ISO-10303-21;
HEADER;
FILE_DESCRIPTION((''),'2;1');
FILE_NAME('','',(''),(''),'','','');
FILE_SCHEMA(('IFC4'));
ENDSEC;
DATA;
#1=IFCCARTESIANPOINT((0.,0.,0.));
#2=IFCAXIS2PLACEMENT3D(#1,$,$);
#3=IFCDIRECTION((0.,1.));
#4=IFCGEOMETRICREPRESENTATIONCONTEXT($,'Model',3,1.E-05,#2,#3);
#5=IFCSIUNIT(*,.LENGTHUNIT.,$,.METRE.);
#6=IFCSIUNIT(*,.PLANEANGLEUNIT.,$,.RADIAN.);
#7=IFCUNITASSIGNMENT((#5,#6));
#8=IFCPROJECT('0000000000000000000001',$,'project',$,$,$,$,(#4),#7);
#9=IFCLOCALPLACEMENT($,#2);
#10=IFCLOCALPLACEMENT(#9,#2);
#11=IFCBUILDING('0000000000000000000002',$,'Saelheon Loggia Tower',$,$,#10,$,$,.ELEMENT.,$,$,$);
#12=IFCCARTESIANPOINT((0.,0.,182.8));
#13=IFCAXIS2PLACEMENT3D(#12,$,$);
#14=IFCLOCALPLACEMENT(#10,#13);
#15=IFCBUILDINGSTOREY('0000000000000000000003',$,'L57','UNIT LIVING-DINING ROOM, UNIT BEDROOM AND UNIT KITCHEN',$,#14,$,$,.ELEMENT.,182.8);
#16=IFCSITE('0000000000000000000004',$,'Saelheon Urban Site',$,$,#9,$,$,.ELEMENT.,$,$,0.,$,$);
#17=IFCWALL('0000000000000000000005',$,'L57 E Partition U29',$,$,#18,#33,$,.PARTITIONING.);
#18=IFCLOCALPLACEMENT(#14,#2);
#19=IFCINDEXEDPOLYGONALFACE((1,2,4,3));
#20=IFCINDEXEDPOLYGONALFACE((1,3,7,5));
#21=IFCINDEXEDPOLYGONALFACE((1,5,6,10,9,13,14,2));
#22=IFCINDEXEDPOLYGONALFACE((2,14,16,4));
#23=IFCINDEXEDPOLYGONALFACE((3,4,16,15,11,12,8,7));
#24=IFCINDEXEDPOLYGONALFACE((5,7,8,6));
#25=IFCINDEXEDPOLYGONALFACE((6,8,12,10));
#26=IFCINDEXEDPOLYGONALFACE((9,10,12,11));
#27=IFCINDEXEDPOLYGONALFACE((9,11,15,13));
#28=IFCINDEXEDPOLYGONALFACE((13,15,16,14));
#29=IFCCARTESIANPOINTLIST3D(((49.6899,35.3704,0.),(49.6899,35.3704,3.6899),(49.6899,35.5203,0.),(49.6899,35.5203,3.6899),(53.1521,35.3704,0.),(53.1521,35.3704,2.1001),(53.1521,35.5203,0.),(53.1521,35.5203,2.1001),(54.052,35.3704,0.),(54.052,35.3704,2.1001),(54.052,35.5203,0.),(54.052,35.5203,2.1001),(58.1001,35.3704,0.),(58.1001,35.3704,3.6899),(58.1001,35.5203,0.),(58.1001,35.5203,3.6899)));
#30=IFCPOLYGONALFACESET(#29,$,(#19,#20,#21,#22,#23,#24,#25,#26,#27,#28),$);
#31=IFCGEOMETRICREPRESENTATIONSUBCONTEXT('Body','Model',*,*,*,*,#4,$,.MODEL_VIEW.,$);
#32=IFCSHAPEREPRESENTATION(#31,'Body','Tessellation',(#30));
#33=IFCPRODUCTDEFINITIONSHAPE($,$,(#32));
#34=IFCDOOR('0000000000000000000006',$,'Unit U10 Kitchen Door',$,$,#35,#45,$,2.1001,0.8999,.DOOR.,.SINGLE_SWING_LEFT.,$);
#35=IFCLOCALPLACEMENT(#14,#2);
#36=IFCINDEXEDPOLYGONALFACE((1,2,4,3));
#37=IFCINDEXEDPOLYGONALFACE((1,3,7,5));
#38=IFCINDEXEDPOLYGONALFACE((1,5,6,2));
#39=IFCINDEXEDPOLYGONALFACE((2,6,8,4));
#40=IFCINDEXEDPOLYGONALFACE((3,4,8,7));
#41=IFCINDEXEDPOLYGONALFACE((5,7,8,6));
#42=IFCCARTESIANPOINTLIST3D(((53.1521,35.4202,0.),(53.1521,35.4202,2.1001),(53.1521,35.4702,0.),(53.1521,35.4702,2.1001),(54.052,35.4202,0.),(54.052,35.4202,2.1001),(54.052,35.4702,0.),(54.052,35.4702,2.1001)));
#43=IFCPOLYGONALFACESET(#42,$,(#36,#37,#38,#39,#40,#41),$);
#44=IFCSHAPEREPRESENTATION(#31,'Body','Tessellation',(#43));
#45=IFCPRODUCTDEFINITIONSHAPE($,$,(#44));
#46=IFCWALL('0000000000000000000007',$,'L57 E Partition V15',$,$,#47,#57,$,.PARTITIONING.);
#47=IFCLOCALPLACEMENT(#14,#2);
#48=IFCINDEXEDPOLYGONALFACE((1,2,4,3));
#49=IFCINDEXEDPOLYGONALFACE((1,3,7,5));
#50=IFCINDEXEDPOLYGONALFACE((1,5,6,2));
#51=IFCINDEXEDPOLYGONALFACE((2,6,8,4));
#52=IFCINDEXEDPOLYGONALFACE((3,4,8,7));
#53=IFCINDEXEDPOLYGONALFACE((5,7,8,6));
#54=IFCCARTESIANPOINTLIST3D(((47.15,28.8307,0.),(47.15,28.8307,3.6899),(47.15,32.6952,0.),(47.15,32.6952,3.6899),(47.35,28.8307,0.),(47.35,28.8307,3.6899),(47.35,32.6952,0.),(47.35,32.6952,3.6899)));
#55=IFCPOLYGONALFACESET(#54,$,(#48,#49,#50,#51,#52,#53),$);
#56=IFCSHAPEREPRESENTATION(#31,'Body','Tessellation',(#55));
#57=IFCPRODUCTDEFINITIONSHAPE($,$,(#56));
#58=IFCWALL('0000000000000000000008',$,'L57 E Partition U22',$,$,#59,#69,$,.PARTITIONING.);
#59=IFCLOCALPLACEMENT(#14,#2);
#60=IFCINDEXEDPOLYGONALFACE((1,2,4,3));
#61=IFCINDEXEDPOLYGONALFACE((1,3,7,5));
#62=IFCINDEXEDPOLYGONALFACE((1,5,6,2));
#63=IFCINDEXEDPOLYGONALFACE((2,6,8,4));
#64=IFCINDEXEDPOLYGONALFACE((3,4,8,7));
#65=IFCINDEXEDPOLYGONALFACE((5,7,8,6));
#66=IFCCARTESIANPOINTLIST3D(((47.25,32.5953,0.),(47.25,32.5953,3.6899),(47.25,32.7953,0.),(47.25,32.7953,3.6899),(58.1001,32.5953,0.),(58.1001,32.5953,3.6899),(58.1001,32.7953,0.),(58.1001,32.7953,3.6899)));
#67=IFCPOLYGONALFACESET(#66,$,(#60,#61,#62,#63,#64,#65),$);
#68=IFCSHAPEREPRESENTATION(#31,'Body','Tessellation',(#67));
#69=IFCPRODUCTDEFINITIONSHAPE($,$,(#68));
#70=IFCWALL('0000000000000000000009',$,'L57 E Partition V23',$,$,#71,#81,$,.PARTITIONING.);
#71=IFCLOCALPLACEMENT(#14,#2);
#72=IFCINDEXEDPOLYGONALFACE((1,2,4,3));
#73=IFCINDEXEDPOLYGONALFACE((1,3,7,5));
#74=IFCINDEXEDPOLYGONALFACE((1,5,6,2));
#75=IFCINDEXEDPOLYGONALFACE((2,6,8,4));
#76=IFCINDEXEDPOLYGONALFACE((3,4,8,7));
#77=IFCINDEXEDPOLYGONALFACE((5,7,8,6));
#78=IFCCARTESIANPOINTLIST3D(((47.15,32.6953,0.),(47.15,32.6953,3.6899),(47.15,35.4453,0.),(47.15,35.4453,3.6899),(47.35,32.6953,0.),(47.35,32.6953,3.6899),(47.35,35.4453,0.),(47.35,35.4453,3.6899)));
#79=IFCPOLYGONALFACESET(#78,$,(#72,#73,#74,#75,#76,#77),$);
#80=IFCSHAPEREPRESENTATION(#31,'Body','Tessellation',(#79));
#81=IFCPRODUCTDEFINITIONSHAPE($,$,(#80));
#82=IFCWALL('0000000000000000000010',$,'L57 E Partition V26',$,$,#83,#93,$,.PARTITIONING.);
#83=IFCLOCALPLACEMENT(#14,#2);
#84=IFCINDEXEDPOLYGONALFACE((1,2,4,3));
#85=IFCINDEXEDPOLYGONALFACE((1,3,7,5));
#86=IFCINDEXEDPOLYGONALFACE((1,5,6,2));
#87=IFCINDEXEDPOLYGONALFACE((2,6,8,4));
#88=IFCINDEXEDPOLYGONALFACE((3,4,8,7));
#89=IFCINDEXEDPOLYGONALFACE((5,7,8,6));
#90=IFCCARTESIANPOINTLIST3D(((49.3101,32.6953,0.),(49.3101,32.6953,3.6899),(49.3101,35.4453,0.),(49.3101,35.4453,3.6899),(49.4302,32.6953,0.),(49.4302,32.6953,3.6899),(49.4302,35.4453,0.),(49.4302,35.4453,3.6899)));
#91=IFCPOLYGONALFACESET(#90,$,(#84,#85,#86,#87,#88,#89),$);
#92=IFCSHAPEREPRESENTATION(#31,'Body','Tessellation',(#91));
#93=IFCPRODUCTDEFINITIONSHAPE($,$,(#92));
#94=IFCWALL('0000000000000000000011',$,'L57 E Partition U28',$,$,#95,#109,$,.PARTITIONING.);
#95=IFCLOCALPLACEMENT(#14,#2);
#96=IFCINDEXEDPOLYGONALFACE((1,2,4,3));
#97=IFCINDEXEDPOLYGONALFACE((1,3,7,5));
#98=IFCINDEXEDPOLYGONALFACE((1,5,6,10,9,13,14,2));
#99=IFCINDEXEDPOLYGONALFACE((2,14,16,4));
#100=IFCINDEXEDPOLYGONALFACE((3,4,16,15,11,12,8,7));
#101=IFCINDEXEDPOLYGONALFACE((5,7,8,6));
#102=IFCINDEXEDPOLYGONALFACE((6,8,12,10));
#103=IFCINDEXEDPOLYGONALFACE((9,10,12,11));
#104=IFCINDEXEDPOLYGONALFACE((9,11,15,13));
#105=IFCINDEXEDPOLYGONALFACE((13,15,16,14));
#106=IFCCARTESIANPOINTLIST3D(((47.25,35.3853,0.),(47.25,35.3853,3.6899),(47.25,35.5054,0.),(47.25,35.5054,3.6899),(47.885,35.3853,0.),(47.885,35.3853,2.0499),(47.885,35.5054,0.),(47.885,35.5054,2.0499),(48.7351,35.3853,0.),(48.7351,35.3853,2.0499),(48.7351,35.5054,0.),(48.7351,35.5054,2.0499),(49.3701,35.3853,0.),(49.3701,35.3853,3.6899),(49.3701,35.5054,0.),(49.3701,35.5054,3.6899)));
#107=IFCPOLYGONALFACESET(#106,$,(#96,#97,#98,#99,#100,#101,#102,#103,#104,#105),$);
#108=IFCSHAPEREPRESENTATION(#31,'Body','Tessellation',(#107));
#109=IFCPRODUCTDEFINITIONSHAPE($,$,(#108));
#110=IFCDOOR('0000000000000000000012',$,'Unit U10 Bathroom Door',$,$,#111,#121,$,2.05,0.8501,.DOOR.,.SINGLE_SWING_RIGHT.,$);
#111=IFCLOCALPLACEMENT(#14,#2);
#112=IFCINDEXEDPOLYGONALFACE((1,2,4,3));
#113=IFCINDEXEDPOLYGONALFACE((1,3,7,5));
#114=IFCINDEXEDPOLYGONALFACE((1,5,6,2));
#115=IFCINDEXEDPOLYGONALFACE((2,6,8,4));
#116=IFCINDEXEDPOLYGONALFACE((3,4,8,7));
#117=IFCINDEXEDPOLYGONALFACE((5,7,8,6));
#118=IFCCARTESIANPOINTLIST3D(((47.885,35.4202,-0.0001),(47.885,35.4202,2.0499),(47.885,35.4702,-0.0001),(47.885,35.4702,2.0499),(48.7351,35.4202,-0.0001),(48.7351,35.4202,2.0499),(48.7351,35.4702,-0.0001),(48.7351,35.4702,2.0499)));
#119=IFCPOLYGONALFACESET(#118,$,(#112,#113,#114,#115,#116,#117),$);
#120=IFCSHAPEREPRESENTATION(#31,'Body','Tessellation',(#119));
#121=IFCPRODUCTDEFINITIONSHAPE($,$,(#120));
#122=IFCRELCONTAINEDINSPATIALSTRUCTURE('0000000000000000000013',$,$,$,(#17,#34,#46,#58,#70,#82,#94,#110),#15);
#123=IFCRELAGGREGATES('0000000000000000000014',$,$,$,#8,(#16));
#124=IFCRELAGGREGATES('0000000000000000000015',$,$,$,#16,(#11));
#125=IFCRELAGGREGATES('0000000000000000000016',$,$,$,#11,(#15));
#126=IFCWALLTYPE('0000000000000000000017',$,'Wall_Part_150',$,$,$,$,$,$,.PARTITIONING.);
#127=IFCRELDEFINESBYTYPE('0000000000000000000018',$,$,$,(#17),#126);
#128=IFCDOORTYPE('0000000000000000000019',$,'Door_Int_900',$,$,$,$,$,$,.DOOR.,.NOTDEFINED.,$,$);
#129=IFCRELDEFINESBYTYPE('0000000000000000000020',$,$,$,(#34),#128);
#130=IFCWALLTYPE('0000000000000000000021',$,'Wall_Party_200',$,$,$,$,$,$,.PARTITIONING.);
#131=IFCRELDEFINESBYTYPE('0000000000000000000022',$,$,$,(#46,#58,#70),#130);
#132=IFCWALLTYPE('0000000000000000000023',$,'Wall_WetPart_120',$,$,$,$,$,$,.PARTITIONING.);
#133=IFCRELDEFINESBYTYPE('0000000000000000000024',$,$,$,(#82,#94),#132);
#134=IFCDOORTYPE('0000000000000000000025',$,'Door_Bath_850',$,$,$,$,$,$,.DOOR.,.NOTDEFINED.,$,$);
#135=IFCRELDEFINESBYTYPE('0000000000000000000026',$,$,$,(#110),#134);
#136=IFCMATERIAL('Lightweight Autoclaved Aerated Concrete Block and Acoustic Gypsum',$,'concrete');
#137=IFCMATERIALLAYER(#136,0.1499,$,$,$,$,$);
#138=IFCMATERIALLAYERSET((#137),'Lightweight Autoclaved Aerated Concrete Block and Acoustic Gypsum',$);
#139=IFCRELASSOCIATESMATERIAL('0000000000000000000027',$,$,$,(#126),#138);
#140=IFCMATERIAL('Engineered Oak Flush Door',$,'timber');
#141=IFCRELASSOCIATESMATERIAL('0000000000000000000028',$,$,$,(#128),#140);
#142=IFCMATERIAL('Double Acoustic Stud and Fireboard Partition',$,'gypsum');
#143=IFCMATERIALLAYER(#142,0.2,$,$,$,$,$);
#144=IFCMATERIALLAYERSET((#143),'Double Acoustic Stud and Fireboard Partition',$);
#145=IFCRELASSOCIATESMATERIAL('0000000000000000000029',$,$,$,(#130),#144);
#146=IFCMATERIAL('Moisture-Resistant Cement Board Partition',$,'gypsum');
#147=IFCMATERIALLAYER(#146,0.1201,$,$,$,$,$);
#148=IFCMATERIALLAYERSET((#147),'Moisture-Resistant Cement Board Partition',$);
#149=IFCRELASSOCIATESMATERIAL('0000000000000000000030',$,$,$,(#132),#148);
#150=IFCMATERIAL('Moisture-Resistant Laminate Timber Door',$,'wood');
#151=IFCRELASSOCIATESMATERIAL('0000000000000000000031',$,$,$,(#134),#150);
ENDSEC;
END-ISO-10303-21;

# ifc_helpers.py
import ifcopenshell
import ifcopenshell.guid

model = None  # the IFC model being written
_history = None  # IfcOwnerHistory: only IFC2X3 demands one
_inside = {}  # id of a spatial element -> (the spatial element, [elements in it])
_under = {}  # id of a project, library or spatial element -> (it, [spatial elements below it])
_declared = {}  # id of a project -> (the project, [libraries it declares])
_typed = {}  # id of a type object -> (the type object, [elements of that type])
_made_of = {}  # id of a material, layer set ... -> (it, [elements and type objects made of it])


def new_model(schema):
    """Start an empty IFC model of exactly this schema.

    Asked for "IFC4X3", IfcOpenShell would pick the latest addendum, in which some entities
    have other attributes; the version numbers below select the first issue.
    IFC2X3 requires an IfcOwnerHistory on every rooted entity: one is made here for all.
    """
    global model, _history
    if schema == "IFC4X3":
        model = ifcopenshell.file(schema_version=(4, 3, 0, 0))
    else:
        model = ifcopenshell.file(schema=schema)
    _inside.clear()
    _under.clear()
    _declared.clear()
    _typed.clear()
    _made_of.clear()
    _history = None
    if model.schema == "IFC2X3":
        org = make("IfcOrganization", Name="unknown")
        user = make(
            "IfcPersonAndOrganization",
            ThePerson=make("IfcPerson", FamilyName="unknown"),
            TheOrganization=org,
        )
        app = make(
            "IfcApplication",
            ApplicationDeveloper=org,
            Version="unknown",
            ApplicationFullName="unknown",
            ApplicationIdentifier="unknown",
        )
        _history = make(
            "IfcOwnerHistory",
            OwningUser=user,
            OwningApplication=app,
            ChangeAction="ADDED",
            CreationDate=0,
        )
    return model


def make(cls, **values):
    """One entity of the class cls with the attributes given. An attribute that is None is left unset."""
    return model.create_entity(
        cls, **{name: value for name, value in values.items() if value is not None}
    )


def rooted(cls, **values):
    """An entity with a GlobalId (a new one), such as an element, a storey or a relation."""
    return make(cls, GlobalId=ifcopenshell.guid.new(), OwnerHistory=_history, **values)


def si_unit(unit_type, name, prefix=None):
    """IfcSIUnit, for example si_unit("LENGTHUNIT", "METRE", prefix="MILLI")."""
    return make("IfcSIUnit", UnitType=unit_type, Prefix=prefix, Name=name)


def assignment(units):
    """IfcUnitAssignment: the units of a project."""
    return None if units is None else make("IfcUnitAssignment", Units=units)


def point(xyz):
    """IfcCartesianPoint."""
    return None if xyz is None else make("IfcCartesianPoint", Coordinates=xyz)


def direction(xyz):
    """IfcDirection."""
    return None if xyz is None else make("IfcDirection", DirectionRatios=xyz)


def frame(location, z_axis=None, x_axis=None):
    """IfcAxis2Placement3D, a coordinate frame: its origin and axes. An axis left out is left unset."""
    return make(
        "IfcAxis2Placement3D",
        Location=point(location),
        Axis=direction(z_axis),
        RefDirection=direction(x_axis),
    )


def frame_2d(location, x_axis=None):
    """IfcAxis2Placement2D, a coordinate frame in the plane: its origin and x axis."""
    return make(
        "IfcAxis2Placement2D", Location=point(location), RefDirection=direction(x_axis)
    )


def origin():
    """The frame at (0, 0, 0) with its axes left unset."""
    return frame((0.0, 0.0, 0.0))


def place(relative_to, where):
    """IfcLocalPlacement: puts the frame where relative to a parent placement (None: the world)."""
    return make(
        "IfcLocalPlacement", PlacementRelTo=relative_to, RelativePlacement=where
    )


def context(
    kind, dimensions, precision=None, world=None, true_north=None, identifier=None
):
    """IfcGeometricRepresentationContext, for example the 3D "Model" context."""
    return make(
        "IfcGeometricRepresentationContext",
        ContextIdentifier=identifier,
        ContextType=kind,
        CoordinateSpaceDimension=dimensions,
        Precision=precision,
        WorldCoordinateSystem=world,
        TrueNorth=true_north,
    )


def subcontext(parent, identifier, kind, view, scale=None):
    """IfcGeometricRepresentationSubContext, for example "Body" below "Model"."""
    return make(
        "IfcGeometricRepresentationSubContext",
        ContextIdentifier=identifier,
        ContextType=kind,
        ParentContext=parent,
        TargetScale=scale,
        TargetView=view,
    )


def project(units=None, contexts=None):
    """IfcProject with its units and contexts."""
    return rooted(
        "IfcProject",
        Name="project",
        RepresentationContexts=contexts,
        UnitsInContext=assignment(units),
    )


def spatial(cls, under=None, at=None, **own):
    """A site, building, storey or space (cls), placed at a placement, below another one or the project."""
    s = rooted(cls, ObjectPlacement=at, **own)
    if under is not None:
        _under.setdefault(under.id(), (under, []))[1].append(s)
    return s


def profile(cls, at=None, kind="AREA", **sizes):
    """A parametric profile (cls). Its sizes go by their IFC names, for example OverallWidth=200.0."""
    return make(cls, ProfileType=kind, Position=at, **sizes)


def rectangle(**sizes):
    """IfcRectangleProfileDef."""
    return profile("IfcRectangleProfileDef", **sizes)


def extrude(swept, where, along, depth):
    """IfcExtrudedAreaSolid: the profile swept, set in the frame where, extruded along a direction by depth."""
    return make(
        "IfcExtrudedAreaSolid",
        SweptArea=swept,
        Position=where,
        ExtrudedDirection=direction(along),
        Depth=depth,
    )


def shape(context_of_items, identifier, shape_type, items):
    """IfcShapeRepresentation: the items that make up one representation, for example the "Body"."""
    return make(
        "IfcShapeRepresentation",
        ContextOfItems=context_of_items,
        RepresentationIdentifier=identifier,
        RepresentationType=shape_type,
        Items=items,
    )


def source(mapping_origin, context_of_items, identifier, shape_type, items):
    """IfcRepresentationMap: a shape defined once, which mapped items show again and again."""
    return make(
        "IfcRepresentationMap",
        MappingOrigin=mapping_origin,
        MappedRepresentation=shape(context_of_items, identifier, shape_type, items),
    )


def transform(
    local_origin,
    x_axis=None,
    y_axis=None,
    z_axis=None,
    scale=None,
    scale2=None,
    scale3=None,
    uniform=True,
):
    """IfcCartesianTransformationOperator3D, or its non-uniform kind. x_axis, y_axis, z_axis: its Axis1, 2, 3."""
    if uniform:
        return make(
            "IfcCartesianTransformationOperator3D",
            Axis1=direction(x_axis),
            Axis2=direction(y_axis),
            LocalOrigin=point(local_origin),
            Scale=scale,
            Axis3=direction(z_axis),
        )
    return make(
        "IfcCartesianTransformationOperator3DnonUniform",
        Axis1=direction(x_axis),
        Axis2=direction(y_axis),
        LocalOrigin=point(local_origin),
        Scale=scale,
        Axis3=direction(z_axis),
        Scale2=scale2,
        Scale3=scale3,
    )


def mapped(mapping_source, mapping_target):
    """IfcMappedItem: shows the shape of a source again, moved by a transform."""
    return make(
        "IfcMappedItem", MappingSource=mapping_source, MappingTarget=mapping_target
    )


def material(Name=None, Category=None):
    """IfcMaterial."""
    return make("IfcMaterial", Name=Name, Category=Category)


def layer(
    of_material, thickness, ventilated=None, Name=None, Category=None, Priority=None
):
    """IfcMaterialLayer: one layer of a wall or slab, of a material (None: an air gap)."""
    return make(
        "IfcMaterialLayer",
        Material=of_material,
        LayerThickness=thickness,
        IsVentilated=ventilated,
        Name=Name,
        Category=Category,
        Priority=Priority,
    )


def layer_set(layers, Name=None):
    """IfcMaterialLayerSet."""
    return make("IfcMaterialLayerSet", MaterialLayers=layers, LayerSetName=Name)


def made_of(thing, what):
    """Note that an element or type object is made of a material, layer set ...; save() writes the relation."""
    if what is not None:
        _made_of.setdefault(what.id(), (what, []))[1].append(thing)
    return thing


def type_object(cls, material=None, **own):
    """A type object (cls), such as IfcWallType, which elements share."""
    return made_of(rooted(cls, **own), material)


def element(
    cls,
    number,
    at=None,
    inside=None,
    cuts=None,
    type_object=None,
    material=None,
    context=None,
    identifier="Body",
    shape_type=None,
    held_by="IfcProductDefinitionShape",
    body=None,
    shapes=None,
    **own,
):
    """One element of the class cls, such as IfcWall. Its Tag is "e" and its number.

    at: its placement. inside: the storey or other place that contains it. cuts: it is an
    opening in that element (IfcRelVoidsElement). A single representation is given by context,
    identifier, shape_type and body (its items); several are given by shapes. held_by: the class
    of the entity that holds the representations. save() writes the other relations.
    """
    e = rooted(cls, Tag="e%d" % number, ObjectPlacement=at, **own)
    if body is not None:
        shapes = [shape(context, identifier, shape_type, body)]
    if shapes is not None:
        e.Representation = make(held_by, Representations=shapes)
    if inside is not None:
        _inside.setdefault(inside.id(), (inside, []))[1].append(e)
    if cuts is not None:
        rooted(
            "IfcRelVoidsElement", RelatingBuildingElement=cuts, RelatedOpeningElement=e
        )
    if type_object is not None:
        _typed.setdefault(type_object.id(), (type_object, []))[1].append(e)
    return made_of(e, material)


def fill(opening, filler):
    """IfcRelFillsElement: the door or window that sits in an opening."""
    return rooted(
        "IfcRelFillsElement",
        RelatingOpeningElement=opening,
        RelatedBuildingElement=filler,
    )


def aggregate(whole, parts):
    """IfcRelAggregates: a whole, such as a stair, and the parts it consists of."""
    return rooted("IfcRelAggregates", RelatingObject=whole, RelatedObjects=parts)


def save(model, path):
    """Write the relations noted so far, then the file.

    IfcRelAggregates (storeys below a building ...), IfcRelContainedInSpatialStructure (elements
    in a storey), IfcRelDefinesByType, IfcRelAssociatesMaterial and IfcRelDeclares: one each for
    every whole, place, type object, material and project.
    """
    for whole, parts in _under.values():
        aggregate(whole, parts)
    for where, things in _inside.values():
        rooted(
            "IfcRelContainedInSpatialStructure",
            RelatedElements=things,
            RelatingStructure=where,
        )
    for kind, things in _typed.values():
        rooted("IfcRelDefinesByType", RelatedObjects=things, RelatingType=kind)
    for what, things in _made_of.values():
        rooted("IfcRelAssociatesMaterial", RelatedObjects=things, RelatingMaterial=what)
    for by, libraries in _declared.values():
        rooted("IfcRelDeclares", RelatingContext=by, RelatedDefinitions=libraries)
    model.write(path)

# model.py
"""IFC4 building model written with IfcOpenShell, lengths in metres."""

from ifc_helpers import new_model, si_unit, direction, frame, frame_2d, origin, place, context, subcontext, project, spatial, rectangle, extrude, source, transform, mapped, material, layer, layer_set, type_object, element, fill, save


model = new_model("IFC4")

# Units and contexts
model_context = context("Model", 3, precision=1e-05, world=origin(), true_north=direction((0.0, 1.0)))
body_context = subcontext(model_context, "Body", "Model", "MODEL_VIEW")
ifc_project = project(units=[si_unit("LENGTHUNIT", "METRE"), si_unit("PLANEANGLEUNIT", "RADIAN")], contexts=[model_context])

# Site, building, storey
site_placement = place(None, origin())
site = spatial("IfcSite", under=ifc_project, at=site_placement, Name="Saelheon Urban Site", CompositionType="ELEMENT", RefElevation=0.0)
building_placement = place(site_placement, origin())
building = spatial("IfcBuilding", under=site, at=building_placement, Name="Saelheon Loggia Tower", CompositionType="ELEMENT")
storey_placement = place(building_placement, frame((0.0, 0.0, 182.8)))
storey = spatial("IfcBuildingStorey", under=building, at=storey_placement, Name="L57", Description="UNIT LIVING-DINING ROOM, UNIT BEDROOM AND UNIT KITCHEN", CompositionType="ELEMENT", Elevation=182.8)

# Shared definitions
ifc_material_1 = material(Name="Lightweight Autoclaved Aerated Concrete Block and Acoustic Gypsum", Category="concrete")
ifc_layer_1 = layer(ifc_material_1, 0.1499)
ifc_layer_set_1 = layer_set([ifc_layer_1], Name="Lightweight Autoclaved Aerated Concrete Block and Acoustic Gypsum")
wall_type_1 = type_object("IfcWallType", Name="Wall_Part_150", PredefinedType="PARTITIONING", material=ifc_layer_set_1)

# Wall, opening, door
ifc_material_2 = material(Name="Engineered Oak Flush Door", Category="timber")
door_type_1 = type_object("IfcDoorType", Name="Door_Int_900", OperationType="NOTDEFINED", PredefinedType="DOOR", material=ifc_material_2)
shared_shape_1 = source(origin(), body_context, "Body", "SweptSolid", [
    extrude(rectangle(XDim=0.8999, YDim=2.1001, at=frame_2d((0.45, 1.05))), frame((0.0, 0.0249, 0.0), z_axis=(0.0, -1.0, 0.0), x_axis=(1.0, 0.0, 0.0)), (0.0, 0.0, 1.0), 0.05),
])
wall_1_placement = place(storey_placement, frame((49.6899, 35.4453, 0.0), z_axis=(0.0, 0.0, 1.0), x_axis=(1.0, 0.0, 0.0)))
wall_1 = element("IfcWall", 1, at=wall_1_placement, inside=storey, type_object=wall_type_1, Name="L57 E Partition U29", PredefinedType="PARTITIONING", context=body_context, shape_type="SweptSolid", body=[
    extrude(rectangle(XDim=8.4102, YDim=0.1499, at=frame_2d((4.2051, 0.0))), origin(), (0.0, 0.0, 1.0), 3.6899),
])
opening_1_placement = place(wall_1_placement, frame((3.4622, 0.0, 0.0)))
opening_1 = element("IfcOpeningElement", 2, at=opening_1_placement, cuts=wall_1, PredefinedType="OPENING", context=body_context, shape_type="SweptSolid", body=[
    extrude(rectangle(XDim=0.8999, YDim=2.1001, at=frame_2d((0.45, 1.05))), frame((0.0, 0.0869, 0.0), z_axis=(0.0, -1.0, 0.0), x_axis=(1.0, 0.0, 0.0)), (0.0, 0.0, 1.0), 0.1738),
])
door_1_placement = place(opening_1_placement, origin())
door_1 = element("IfcDoor", 3, at=door_1_placement, inside=storey, type_object=door_type_1, Name="Unit U10 Kitchen Door", OperationType="SINGLE_SWING_LEFT", OverallHeight=2.1001, OverallWidth=0.8999, PredefinedType="DOOR", context=body_context, shape_type="MappedRepresentation", body=[
    mapped(shared_shape_1, transform((0.0, 0.0, 0.0), scale=1.0)),
])
fill(opening_1, door_1)

# Walls
ifc_material_3 = material(Name="Double Acoustic Stud and Fireboard Partition", Category="gypsum")
ifc_layer_2 = layer(ifc_material_3, 0.2)
ifc_layer_set_2 = layer_set([ifc_layer_2], Name="Double Acoustic Stud and Fireboard Partition")
wall_type_2 = type_object("IfcWallType", Name="Wall_Party_200", PredefinedType="PARTITIONING", material=ifc_layer_set_2)
wall_2_placement = place(storey_placement, frame((47.25, 28.8308, 0.0), z_axis=(0.0, 0.0, 1.0), x_axis=(0.0, 1.0, 0.0)))
element("IfcWall", 4, at=wall_2_placement, inside=storey, type_object=wall_type_2, Name="L57 E Partition V15", PredefinedType="PARTITIONING", context=body_context, shape_type="SweptSolid", body=[
    extrude(rectangle(XDim=3.8645, YDim=0.2, at=frame_2d((1.9321, 0.0))), origin(), (0.0, 0.0, 1.0), 3.6899),
])
wall_3_placement = place(storey_placement, frame((47.25, 32.6953, 0.0), z_axis=(0.0, 0.0, 1.0), x_axis=(1.0, 0.0, 0.0)))
element("IfcWall", 5, at=wall_3_placement, inside=storey, type_object=wall_type_2, Name="L57 E Partition U22", PredefinedType="PARTITIONING", context=body_context, shape_type="SweptSolid", body=[
    extrude(rectangle(XDim=10.8501, YDim=0.2, at=frame_2d((5.425, 0.0))), origin(), (0.0, 0.0, 1.0), 3.6899),
])
wall_4_placement = place(storey_placement, frame((47.25, 32.6953, 0.0), z_axis=(0.0, 0.0, 1.0), x_axis=(0.0, 1.0, 0.0)))
element("IfcWall", 6, at=wall_4_placement, inside=storey, type_object=wall_type_2, Name="L57 E Partition V23", PredefinedType="PARTITIONING", context=body_context, shape_type="SweptSolid", body=[
    extrude(rectangle(XDim=2.75, YDim=0.2, at=frame_2d((1.375, 0.0))), origin(), (0.0, 0.0, 1.0), 3.6899),
])

# Wall
ifc_material_4 = material(Name="Moisture-Resistant Cement Board Partition", Category="gypsum")
ifc_layer_3 = layer(ifc_material_4, 0.1201)
ifc_layer_set_3 = layer_set([ifc_layer_3], Name="Moisture-Resistant Cement Board Partition")
wall_type_3 = type_object("IfcWallType", Name="Wall_WetPart_120", PredefinedType="PARTITIONING", material=ifc_layer_set_3)
wall_5_placement = place(storey_placement, frame((49.3701, 32.6953, 0.0), z_axis=(0.0, 0.0, 1.0), x_axis=(0.0, 1.0, 0.0)))
element("IfcWall", 7, at=wall_5_placement, inside=storey, type_object=wall_type_3, Name="L57 E Partition V26", PredefinedType="PARTITIONING", context=body_context, shape_type="SweptSolid", body=[
    extrude(rectangle(XDim=2.75, YDim=0.1201, at=frame_2d((1.375, 0.0))), origin(), (0.0, 0.0, 1.0), 3.6899),
])

# Wall, opening, door
wall_6_placement = place(storey_placement, frame((47.25, 35.4453, 0.0), z_axis=(0.0, 0.0, 1.0), x_axis=(1.0, 0.0, 0.0)))
wall_6 = element("IfcWall", 8, at=wall_6_placement, inside=storey, type_object=wall_type_3, Name="L57 E Partition U28", PredefinedType="PARTITIONING", context=body_context, shape_type="SweptSolid", body=[
    extrude(rectangle(XDim=2.1201, YDim=0.1201, at=frame_2d((1.0601, 0.0))), origin(), (0.0, 0.0, 1.0), 3.6899),
])
opening_2_placement = place(wall_6_placement, frame((0.635, 0.0, 0.0)))
opening_2 = element("IfcOpeningElement", 9, at=opening_2_placement, cuts=wall_6, PredefinedType="OPENING", context=body_context, shape_type="SweptSolid", body=[
    extrude(rectangle(XDim=0.8501, YDim=2.05, at=frame_2d((0.425, 1.0249))), frame((0.0, 0.072, 0.0), z_axis=(0.0, -1.0, 0.0), x_axis=(1.0, 0.0, 0.0)), (0.0, 0.0, 1.0), 0.144),
])
ifc_material_5 = material(Name="Moisture-Resistant Laminate Timber Door", Category="wood")
door_type_2 = type_object("IfcDoorType", Name="Door_Bath_850", OperationType="NOTDEFINED", PredefinedType="DOOR", material=ifc_material_5)
shared_shape_2 = source(origin(), body_context, "Body", "SweptSolid", [
    extrude(rectangle(XDim=0.8501, YDim=2.05, at=frame_2d((0.425, 1.0249))), frame((0.0, 0.0249, 0.0), z_axis=(0.0, -1.0, 0.0), x_axis=(1.0, 0.0, 0.0)), (0.0, 0.0, 1.0), 0.05),
])
door_2_placement = place(opening_2_placement, origin())
door_2 = element("IfcDoor", 10, at=door_2_placement, inside=storey, type_object=door_type_2, Name="Unit U10 Bathroom Door", OperationType="SINGLE_SWING_RIGHT", OverallHeight=2.05, OverallWidth=0.8501, PredefinedType="DOOR", context=body_context, shape_type="MappedRepresentation", body=[
    mapped(shared_shape_2, transform((0.0, 0.0, 0.0), scale=1.0)),
])
fill(opening_2, door_2)

save(model, "model.ifc")
